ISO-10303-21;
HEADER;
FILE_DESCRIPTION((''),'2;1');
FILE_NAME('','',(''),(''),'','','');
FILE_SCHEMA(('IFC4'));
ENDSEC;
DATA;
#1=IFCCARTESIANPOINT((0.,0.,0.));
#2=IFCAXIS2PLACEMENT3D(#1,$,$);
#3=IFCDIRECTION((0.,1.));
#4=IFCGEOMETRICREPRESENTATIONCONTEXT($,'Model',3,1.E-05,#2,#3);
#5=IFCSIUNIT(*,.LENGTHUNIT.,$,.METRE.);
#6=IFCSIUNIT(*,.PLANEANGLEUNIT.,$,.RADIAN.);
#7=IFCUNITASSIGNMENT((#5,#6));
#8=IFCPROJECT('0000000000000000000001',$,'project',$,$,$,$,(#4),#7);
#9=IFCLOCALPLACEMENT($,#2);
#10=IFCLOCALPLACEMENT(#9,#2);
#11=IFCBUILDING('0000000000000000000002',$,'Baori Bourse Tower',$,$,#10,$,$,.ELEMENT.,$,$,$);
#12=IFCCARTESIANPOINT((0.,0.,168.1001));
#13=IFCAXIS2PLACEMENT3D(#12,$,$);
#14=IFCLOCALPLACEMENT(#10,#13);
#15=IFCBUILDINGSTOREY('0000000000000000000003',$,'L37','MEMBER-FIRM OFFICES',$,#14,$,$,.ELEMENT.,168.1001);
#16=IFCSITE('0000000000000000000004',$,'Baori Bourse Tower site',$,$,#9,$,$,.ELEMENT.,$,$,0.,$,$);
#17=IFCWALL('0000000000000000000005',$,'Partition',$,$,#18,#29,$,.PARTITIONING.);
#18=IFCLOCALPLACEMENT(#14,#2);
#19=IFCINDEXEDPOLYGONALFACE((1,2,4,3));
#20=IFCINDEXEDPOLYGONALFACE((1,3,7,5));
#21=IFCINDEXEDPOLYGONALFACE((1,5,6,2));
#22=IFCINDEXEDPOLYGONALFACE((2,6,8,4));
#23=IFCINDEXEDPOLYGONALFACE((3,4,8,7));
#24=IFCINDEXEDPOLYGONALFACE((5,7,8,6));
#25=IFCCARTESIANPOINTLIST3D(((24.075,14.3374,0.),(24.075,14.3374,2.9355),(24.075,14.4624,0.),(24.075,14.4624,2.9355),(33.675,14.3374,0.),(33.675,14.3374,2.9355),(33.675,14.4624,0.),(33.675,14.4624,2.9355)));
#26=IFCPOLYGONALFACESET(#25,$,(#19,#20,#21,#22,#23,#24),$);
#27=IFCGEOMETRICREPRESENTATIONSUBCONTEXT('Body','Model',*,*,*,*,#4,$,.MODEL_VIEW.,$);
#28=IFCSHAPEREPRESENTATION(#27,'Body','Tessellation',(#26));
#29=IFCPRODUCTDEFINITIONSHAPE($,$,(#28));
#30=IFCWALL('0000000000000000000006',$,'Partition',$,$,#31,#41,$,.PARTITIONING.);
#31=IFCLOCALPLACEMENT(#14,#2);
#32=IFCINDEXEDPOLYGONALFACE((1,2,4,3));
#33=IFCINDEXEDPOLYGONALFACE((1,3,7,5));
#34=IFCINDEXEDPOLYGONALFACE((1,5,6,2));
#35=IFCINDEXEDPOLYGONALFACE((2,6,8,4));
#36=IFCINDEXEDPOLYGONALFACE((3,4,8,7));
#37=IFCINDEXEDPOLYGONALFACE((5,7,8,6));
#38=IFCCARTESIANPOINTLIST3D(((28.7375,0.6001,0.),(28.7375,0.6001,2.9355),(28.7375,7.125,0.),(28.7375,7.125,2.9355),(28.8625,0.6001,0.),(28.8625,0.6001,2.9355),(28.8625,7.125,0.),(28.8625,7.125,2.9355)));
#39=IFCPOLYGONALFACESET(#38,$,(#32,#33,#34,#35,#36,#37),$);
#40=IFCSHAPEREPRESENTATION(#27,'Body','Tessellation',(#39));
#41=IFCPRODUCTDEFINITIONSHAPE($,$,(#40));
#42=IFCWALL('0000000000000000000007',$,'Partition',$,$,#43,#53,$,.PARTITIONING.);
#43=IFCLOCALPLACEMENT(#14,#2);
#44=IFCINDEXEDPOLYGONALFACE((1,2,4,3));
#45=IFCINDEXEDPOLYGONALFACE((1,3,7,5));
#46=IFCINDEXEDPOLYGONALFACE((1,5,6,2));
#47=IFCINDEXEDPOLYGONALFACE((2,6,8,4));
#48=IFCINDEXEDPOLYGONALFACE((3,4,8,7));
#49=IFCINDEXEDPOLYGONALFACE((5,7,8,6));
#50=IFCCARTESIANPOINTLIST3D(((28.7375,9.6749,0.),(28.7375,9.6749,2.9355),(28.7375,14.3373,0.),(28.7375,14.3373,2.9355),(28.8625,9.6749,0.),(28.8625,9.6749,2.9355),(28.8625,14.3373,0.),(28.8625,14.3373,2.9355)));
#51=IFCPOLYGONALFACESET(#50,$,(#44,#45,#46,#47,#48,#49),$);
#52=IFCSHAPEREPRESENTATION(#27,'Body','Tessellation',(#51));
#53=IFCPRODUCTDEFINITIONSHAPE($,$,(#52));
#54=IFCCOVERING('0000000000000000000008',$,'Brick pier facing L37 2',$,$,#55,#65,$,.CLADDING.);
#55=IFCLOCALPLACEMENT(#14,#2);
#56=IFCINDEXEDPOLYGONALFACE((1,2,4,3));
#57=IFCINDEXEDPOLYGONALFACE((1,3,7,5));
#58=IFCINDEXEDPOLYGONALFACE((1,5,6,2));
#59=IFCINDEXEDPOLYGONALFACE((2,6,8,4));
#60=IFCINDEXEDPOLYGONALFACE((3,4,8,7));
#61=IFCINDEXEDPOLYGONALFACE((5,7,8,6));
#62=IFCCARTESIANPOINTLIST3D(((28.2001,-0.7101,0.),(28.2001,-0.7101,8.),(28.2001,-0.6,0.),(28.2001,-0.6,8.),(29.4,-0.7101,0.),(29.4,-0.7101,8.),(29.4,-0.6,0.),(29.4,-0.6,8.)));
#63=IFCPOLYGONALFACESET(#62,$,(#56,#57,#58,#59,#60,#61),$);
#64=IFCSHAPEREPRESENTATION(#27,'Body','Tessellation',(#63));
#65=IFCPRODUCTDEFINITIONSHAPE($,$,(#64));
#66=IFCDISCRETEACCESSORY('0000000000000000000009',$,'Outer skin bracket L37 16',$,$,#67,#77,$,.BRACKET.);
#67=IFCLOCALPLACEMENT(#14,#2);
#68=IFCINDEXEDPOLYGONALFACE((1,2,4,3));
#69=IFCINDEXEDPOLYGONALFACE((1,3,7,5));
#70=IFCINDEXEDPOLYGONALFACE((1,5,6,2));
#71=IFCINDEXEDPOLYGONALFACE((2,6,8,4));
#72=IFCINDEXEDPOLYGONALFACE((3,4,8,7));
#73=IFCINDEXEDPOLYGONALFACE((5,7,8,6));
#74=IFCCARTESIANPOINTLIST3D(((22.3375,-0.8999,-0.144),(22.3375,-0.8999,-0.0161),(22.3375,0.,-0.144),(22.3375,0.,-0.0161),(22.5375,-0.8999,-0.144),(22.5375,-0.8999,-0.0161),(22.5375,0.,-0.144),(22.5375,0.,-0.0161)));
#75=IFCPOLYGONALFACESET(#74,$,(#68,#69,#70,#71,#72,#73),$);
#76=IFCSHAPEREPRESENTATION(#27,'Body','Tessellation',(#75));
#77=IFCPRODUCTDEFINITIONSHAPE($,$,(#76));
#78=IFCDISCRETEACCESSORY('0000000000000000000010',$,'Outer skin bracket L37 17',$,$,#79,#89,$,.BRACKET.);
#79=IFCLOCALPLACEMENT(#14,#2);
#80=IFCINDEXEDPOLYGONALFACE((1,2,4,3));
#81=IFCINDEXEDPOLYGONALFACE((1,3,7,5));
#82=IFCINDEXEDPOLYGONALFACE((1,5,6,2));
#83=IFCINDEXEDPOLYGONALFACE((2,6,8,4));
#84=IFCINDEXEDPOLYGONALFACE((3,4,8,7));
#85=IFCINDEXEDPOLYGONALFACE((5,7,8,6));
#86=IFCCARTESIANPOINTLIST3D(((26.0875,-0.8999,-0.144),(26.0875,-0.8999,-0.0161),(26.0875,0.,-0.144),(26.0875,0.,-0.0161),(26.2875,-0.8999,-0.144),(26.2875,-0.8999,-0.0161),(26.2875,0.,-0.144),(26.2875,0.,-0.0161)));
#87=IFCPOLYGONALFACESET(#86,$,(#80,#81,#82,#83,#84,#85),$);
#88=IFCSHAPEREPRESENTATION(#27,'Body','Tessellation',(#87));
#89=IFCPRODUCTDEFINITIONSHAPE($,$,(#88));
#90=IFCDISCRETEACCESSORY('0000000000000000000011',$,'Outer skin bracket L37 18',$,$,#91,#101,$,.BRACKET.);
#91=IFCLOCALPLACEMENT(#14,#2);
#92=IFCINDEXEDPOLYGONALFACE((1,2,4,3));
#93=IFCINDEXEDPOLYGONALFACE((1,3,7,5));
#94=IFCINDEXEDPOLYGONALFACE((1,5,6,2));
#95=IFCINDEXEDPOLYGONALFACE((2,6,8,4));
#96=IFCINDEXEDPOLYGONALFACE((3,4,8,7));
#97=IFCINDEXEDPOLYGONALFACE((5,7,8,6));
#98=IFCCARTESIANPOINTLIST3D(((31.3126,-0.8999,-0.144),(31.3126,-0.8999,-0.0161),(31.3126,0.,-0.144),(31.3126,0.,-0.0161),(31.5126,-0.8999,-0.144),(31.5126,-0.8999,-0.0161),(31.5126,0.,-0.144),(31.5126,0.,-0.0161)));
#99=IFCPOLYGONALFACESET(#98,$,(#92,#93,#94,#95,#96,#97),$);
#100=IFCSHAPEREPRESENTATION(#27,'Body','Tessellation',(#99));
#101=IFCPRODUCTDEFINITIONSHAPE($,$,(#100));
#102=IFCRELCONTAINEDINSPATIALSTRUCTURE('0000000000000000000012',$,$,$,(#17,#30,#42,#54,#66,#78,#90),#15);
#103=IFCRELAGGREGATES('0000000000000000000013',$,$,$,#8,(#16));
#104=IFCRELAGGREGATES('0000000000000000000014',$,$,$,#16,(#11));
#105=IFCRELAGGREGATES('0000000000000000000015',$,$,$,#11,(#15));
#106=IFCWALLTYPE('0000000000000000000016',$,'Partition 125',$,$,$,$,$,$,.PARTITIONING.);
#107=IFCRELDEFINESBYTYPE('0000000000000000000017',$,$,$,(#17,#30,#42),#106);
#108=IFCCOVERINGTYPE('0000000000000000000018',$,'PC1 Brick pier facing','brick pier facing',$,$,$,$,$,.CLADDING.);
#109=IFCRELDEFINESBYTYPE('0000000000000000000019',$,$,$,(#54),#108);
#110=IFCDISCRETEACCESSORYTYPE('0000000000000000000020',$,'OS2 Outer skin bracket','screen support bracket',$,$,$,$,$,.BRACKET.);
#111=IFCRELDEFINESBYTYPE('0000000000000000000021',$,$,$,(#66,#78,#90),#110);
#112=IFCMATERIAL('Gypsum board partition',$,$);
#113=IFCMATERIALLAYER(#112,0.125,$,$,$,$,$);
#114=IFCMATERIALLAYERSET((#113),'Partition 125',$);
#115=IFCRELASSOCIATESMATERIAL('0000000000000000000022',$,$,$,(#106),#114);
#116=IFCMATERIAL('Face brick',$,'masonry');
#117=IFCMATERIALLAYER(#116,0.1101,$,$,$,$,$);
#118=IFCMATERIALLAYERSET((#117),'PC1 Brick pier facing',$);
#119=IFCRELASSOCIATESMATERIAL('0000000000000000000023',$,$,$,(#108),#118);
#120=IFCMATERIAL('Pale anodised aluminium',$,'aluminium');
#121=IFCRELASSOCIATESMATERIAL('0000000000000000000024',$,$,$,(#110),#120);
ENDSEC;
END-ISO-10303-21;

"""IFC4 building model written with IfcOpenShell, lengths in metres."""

from ifc_helpers import new_model, si_unit, direction, frame, frame_2d, origin, origin_2d, place, context, subcontext, project, spatial, rectangle, extrude, material, layer, layer_set, type_object, element, save


model = new_model("IFC4")

# Units and contexts
model_context = context("Model", 3, precision=1e-05, world=origin(), true_north=direction((0.0, 1.0)))
body_context = subcontext(model_context, "Body", "Model", "MODEL_VIEW")
ifc_project = project(units=[si_unit("LENGTHUNIT", "METRE"), si_unit("PLANEANGLEUNIT", "RADIAN")], contexts=[model_context])

# Site, building, storey
site_placement = place(None, origin())
site = spatial("IfcSite", under=ifc_project, at=site_placement, Name="Baori Bourse Tower site", CompositionType="ELEMENT", RefElevation=0.0)
building_placement = place(site_placement, origin())
building = spatial("IfcBuilding", under=site, at=building_placement, Name="Baori Bourse Tower", CompositionType="ELEMENT")
storey_placement = place(building_placement, frame((0.0, 0.0, 168.1001)))
storey = spatial("IfcBuildingStorey", under=building, at=storey_placement, Name="L37", Description="MEMBER-FIRM OFFICES", CompositionType="ELEMENT", Elevation=168.1001)

# Walls
ifc_material_1 = material(Name="Gypsum board partition")
ifc_layer_1 = layer(ifc_material_1, 0.125)
ifc_layer_set_1 = layer_set([ifc_layer_1], Name="Partition 125")
wall_type_1 = type_object("IfcWallType", Name="Partition 125", PredefinedType="PARTITIONING", material=ifc_layer_set_1)
wall_1_placement = place(storey_placement, frame((24.075, 14.3999, 0.0), z_axis=(0.0, 0.0, 1.0), x_axis=(1.0, 0.0, 0.0)))
element("IfcWall", 1, at=wall_1_placement, inside=storey, type_object=wall_type_1, Name="Partition", PredefinedType="PARTITIONING", context=body_context, shape_type="SweptSolid", body=[
    extrude(rectangle(XDim=9.6001, YDim=0.125, at=frame_2d((4.8, 0.0))), origin(), (0.0, 0.0, 1.0), 2.9355),
])
wall_2_placement = place(storey_placement, frame((28.8, 0.6001, 0.0), z_axis=(0.0, 0.0, 1.0), x_axis=(0.0, 1.0, 0.0)))
element("IfcWall", 2, at=wall_2_placement, inside=storey, type_object=wall_type_1, Name="Partition", PredefinedType="PARTITIONING", context=body_context, shape_type="SweptSolid", body=[
    extrude(rectangle(XDim=6.5249, YDim=0.125, at=frame_2d((3.2625, 0.0))), origin(), (0.0, 0.0, 1.0), 2.9355),
])
wall_3_placement = place(storey_placement, frame((28.8, 9.675, 0.0), z_axis=(0.0, 0.0, 1.0), x_axis=(0.0, 1.0, 0.0)))
element("IfcWall", 3, at=wall_3_placement, inside=storey, type_object=wall_type_1, Name="Partition", PredefinedType="PARTITIONING", context=body_context, shape_type="SweptSolid", body=[
    extrude(rectangle(XDim=4.6624, YDim=0.125, at=frame_2d((2.3311, 0.0))), origin(), (0.0, 0.0, 1.0), 2.9355),
])

# Covering
ifc_material_2 = material(Name="Face brick", Category="masonry")
ifc_layer_2 = layer(ifc_material_2, 0.1101)
ifc_layer_set_2 = layer_set([ifc_layer_2], Name="PC1 Brick pier facing")
covering_type = type_object("IfcCoveringType", Name="PC1 Brick pier facing", Description="brick pier facing", PredefinedType="CLADDING", material=ifc_layer_set_2)
covering_placement = place(storey_placement, frame((28.8, -0.655, 0.0), z_axis=(0.0, 0.0, 1.0), x_axis=(1.0, 0.0, 0.0)))
element("IfcCovering", 4, at=covering_placement, inside=storey, type_object=covering_type, Name="Brick pier facing L37 2", PredefinedType="CLADDING", context=body_context, shape_type="SweptSolid", body=[
    extrude(rectangle(XDim=1.2, YDim=0.1101, at=origin_2d()), origin(), (0.0, 0.0, 1.0), 8.0),
])

# Discrete accessories
ifc_material_3 = material(Name="Pale anodised aluminium", Category="aluminium")
discrete_accessory_type = type_object("IfcDiscreteAccessoryType", Name="OS2 Outer skin bracket", Description="screen support bracket", PredefinedType="BRACKET", material=ifc_material_3)
for number, where, z_axis, x_axis, name in (
    (5, (22.4375, -0.45, -0.144), (0.0, 0.0, 1.0), (1.0, 0.0, 0.0), "Outer skin bracket L37 16"),
    (6, (26.1875, -0.45, -0.144), (0.0, 0.0, 1.0), (1.0, 0.0, 0.0), "Outer skin bracket L37 17"),
    (7, (31.4126, -0.45, -0.144), (0.0, 0.0, 1.0), (1.0, 0.0, 0.0), "Outer skin bracket L37 18"),
):
    element("IfcDiscreteAccessory", number, at=place(storey_placement, frame(where, z_axis=z_axis, x_axis=x_axis)), inside=storey, type_object=discrete_accessory_type, Name=name, PredefinedType="BRACKET", context=body_context, shape_type="SweptSolid", body=[
        extrude(rectangle(XDim=0.2, YDim=0.8999, at=origin_2d()), origin(), (0.0, 0.0, 1.0), 0.1279),
    ])

save(model, "model.ifc")
